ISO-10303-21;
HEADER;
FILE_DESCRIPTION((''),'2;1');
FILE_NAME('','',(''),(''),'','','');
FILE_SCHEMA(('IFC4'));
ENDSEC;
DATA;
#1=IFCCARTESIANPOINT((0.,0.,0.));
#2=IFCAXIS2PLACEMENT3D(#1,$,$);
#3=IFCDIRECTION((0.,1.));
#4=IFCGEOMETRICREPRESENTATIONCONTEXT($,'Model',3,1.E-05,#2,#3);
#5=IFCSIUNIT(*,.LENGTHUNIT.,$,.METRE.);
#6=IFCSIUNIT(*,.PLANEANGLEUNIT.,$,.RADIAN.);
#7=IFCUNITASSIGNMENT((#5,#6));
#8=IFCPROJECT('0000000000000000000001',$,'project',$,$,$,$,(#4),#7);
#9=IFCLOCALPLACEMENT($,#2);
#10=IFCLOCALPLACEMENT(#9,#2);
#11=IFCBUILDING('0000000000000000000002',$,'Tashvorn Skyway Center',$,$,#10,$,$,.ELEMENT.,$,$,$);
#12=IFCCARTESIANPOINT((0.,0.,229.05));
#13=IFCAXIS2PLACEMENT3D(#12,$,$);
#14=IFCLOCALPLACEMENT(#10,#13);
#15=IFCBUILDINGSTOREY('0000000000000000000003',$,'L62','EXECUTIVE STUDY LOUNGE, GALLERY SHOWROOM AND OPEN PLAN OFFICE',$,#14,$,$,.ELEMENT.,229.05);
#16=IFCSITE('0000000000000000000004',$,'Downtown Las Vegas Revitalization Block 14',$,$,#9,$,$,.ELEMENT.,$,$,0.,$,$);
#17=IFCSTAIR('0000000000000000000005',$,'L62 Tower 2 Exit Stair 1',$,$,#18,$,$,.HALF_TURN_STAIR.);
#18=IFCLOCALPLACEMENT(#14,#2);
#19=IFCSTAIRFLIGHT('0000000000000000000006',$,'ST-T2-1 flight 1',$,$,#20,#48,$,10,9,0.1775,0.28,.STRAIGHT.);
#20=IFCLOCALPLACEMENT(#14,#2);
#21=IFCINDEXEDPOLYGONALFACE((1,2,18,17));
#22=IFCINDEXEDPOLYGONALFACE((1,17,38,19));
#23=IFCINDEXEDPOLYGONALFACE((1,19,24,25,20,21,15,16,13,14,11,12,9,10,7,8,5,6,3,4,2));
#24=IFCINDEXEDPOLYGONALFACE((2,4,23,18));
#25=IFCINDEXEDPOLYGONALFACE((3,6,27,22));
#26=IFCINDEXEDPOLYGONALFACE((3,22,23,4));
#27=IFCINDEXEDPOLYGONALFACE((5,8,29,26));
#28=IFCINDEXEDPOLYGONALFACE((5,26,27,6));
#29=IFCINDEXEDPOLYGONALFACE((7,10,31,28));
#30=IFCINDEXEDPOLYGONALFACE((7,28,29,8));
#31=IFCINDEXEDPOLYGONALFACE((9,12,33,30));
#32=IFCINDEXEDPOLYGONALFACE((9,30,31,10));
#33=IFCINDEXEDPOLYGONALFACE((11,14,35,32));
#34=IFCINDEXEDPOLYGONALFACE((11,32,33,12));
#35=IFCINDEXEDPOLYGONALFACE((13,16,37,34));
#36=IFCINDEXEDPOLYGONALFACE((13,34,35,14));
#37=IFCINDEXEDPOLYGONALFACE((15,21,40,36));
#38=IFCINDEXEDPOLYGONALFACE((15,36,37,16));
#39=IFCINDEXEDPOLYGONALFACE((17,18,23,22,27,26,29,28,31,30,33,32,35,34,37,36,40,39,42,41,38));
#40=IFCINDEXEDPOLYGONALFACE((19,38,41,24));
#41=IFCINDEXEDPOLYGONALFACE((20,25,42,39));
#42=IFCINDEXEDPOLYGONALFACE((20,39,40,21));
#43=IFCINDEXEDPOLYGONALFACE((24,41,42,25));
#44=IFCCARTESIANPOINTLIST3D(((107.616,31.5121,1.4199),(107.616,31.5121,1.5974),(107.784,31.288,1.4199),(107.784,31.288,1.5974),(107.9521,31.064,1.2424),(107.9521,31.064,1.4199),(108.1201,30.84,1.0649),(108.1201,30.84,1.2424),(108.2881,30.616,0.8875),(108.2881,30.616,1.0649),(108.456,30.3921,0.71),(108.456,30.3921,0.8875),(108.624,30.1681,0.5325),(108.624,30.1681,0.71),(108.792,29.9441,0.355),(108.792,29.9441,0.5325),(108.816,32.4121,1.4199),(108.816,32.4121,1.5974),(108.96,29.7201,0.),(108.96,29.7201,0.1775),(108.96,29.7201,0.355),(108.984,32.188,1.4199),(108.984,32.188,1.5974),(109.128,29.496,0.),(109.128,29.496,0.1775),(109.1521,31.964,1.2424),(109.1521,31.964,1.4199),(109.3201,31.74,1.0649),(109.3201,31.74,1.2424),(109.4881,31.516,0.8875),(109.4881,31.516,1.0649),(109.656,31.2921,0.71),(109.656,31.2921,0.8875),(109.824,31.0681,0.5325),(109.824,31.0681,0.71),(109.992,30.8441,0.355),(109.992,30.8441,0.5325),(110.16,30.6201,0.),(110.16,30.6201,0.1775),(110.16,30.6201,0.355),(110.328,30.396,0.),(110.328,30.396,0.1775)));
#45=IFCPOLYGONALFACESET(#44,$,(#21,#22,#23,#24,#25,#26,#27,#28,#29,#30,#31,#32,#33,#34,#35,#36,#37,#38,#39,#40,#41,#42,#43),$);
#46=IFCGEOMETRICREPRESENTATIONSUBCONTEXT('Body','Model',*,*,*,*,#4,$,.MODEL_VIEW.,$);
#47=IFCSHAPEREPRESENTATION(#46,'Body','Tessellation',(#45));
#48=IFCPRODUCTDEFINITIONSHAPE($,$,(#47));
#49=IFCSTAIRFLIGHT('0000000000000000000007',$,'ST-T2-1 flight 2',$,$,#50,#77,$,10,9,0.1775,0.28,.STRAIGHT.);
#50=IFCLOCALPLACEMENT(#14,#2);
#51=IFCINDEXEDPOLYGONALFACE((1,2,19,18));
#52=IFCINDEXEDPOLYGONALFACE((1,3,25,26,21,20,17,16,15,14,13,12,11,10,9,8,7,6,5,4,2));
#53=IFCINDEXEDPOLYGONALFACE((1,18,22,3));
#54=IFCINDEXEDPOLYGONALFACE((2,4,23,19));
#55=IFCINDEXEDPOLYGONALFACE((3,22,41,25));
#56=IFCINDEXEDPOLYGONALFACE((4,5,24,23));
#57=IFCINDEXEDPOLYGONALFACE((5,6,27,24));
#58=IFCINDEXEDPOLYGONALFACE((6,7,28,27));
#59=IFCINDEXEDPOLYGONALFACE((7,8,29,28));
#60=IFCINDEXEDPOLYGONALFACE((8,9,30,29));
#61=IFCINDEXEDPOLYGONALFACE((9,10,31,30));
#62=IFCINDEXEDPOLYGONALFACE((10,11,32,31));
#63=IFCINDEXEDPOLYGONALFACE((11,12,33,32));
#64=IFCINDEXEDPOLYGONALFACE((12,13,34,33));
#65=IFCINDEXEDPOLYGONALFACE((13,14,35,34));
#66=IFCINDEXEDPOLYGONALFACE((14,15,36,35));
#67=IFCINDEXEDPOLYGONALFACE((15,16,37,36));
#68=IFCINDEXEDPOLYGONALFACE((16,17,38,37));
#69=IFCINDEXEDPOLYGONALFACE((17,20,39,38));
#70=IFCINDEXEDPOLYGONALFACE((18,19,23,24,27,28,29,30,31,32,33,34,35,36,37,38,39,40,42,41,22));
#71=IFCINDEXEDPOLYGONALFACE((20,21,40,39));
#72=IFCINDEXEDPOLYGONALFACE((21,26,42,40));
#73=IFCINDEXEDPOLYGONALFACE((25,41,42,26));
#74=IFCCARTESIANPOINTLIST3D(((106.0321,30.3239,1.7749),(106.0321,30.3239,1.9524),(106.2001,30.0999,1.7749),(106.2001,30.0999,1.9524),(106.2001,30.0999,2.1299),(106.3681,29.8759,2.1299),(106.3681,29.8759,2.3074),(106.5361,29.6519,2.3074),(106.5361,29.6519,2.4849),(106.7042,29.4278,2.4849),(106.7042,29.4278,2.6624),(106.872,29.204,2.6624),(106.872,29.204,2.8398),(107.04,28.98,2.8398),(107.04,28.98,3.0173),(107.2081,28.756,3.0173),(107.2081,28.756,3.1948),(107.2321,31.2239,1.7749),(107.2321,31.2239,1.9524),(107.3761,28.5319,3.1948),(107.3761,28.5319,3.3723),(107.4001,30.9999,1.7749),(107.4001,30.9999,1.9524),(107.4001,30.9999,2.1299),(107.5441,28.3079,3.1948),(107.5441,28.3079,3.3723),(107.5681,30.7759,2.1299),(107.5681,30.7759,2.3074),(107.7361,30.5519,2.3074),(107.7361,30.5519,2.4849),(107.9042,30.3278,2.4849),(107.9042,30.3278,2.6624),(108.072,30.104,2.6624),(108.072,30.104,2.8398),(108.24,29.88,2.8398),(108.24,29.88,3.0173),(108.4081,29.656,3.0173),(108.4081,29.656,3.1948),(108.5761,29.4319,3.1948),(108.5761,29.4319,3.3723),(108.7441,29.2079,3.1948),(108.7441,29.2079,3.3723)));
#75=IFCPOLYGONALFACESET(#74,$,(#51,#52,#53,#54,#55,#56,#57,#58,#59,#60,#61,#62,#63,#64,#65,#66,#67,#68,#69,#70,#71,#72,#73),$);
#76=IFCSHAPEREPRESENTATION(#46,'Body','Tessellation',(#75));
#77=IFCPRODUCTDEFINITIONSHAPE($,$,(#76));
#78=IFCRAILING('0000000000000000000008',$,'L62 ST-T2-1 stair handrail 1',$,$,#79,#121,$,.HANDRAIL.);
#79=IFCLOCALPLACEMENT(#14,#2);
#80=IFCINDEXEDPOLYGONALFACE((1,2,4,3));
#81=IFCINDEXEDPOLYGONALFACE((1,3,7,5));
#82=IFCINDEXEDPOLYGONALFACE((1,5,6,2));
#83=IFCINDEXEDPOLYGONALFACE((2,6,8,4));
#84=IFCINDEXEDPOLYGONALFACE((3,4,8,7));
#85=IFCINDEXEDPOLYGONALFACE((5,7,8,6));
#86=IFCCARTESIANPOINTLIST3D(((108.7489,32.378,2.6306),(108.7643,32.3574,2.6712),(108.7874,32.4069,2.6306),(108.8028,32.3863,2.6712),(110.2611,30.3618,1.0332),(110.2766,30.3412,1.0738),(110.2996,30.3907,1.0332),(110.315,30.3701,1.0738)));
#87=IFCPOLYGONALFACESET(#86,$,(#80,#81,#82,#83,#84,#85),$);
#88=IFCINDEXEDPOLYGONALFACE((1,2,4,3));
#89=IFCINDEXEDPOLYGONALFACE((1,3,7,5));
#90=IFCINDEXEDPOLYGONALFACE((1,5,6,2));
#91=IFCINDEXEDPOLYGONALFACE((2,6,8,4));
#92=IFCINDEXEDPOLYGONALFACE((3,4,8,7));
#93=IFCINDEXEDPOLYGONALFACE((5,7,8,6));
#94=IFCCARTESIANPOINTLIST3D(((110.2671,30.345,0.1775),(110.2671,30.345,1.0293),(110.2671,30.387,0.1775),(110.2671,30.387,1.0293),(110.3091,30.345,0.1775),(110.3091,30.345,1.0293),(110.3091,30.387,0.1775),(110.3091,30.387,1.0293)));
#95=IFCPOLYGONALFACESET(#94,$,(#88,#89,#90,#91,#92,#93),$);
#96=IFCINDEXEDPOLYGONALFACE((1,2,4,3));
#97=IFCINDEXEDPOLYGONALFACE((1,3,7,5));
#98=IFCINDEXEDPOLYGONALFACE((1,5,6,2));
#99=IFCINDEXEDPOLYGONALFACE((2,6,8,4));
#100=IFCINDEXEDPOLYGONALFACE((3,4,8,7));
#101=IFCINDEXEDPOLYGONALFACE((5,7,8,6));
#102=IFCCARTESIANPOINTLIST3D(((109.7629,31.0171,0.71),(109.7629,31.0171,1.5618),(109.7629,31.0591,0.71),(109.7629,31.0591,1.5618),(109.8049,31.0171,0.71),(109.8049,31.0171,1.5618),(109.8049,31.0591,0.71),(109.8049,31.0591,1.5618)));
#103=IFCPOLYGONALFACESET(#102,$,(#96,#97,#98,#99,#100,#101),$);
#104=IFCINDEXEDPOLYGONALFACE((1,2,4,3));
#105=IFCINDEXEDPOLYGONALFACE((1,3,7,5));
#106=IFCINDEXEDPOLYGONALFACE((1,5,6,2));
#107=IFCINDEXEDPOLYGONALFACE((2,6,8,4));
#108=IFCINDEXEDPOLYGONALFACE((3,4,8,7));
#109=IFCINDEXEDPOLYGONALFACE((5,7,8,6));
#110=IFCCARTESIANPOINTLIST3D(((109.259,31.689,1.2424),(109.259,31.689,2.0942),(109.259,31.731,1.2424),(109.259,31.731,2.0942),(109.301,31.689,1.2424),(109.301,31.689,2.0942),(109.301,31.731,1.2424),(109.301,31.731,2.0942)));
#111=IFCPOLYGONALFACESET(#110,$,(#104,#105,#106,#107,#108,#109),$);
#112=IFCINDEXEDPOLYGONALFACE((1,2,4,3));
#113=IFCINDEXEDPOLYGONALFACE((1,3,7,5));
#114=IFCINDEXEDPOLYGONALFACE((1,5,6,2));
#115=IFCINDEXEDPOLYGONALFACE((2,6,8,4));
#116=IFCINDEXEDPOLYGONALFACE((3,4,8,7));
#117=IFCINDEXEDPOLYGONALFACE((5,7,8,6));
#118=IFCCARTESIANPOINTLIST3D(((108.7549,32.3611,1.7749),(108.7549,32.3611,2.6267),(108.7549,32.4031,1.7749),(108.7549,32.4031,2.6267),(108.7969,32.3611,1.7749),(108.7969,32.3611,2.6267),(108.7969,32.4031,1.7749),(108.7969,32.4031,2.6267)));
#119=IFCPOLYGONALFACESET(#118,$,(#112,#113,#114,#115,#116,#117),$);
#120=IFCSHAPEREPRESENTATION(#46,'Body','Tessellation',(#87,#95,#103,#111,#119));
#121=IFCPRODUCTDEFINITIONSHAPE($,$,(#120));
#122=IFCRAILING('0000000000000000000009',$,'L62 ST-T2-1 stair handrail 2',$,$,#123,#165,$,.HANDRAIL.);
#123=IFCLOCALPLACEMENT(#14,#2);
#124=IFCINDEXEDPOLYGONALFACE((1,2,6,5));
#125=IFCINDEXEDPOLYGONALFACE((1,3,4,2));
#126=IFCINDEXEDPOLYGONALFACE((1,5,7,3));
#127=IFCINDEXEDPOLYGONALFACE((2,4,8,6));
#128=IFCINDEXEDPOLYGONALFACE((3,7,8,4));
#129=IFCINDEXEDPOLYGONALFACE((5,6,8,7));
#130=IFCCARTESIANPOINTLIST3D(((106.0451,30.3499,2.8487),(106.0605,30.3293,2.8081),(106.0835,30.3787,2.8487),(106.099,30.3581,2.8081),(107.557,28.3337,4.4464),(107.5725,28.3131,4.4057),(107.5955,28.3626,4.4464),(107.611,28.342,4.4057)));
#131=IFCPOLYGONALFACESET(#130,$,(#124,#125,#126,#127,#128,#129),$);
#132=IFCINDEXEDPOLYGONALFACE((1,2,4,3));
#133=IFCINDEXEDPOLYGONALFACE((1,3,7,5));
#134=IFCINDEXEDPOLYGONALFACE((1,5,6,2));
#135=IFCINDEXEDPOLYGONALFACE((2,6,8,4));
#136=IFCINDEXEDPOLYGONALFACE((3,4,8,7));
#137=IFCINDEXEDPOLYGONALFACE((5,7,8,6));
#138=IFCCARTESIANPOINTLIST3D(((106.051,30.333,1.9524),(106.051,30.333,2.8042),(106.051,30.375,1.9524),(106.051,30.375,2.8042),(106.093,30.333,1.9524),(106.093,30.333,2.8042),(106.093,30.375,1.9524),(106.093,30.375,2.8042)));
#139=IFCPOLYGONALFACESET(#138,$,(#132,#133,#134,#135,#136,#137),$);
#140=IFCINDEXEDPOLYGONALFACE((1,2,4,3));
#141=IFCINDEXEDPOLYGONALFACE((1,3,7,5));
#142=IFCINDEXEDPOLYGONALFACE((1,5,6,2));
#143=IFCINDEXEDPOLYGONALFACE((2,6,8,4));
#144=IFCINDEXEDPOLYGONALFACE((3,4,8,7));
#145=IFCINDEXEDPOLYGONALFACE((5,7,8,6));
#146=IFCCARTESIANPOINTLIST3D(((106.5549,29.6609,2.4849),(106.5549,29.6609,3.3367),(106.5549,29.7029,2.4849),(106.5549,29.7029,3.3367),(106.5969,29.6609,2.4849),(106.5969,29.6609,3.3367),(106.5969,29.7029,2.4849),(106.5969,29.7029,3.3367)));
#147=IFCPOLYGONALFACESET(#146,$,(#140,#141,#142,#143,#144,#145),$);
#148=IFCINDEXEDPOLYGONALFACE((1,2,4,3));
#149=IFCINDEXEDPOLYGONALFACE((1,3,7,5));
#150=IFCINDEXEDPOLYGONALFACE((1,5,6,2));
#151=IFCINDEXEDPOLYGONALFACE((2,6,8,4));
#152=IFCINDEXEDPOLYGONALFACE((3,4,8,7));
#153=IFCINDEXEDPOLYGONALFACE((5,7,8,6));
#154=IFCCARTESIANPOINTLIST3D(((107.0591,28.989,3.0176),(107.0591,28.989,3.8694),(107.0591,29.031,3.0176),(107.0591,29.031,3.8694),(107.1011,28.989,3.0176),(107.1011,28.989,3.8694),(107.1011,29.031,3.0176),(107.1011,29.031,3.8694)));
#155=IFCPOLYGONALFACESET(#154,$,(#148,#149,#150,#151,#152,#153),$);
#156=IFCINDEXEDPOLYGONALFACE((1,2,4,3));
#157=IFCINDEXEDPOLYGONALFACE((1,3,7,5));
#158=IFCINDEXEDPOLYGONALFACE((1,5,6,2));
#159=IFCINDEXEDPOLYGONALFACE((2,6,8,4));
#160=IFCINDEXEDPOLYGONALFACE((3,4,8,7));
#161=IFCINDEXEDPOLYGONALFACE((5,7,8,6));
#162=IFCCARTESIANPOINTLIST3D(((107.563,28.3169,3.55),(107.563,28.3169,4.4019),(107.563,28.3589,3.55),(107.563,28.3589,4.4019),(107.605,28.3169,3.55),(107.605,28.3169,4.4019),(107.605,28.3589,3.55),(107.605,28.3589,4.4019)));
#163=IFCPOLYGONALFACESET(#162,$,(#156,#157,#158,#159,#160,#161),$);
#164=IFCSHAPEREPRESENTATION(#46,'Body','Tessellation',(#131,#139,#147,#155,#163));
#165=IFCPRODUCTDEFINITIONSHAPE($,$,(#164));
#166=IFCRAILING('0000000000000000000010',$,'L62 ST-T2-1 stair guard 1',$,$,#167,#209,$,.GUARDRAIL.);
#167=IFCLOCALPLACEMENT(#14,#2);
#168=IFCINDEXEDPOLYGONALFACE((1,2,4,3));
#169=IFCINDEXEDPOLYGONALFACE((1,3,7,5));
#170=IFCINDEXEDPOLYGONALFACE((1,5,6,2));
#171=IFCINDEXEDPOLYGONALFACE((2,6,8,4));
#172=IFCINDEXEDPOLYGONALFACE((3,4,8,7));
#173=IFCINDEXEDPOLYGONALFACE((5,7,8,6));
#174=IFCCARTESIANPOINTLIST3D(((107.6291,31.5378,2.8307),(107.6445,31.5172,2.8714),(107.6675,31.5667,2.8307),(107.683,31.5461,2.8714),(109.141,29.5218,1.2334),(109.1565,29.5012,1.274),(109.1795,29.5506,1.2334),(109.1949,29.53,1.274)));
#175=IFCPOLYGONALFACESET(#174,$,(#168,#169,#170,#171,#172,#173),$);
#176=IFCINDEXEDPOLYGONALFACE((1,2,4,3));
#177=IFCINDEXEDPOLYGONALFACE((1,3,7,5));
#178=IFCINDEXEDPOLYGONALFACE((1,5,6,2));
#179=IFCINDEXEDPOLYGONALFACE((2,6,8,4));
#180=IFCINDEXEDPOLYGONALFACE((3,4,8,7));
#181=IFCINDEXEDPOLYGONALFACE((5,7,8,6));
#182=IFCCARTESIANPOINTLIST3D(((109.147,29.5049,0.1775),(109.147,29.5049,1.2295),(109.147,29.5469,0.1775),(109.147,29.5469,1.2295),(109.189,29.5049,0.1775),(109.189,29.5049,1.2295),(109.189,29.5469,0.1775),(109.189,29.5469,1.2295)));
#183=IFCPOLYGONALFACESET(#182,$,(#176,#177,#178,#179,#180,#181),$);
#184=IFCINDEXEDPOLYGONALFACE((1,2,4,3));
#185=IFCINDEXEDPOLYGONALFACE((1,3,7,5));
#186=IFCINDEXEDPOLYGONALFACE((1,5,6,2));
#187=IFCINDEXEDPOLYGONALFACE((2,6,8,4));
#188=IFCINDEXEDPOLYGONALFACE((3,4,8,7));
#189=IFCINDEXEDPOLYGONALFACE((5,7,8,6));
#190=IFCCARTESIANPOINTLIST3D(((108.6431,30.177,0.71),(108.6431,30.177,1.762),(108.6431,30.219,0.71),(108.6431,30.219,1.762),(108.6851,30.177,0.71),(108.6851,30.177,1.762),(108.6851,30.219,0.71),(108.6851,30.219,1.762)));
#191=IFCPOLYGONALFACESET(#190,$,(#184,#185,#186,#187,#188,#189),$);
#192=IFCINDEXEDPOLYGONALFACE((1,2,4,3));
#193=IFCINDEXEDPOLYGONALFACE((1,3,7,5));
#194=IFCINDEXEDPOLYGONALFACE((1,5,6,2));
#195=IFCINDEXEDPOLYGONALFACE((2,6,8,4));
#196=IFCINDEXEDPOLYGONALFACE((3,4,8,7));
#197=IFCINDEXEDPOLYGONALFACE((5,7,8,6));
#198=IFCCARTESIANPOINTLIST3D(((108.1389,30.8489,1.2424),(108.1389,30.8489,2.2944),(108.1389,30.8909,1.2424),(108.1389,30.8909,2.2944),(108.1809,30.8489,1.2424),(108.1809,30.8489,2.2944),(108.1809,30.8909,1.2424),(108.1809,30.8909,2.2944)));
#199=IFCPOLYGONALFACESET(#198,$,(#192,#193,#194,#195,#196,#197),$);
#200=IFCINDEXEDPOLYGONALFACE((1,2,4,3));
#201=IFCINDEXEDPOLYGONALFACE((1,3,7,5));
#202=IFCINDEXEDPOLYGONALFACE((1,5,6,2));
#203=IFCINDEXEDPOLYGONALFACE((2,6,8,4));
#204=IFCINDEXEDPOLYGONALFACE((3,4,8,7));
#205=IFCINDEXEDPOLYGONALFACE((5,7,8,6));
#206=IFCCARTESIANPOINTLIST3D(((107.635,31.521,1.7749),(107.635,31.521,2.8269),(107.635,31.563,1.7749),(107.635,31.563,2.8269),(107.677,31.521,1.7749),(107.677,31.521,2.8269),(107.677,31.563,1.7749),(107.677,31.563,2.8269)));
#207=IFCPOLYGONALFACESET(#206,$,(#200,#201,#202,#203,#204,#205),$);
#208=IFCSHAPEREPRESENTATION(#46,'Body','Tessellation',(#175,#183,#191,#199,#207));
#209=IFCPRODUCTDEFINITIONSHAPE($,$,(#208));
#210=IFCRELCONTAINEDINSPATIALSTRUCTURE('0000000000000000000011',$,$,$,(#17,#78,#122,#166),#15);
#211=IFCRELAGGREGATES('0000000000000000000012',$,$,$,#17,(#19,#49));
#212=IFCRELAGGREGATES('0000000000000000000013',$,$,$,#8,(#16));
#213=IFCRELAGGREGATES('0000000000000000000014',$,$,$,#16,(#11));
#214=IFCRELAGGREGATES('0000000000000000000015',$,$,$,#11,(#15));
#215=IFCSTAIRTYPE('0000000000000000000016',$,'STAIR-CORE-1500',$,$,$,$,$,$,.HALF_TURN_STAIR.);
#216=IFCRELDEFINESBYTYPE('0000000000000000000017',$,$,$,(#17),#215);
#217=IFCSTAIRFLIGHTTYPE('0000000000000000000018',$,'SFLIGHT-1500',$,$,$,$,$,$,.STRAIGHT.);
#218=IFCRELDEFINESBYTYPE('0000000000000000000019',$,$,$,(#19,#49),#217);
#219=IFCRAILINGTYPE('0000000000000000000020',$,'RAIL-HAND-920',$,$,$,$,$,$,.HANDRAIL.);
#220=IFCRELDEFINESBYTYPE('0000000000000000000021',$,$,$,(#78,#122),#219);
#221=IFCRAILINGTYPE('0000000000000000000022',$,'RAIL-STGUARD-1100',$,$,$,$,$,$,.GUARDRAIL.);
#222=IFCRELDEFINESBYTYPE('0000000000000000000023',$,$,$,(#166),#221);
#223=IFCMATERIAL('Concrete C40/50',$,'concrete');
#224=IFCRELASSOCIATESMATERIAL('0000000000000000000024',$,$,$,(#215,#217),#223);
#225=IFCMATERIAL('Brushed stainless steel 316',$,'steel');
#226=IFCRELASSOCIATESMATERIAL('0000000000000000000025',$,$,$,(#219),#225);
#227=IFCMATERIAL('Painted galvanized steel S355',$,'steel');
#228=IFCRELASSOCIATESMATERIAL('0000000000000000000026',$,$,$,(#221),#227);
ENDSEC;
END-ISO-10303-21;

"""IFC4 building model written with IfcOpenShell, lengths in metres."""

from ifc_helpers import new_model, si_unit, direction, frame, origin, origin_2d, place, context, subcontext, project, spatial, polyline, rectangle, outline, extrude, material, type_object, element, aggregate, save


model = new_model("IFC4")

# Units and contexts
model_context = context("Model", 3, precision=1e-05, world=origin(), true_north=direction((0.0, 1.0)))
body_context = subcontext(model_context, "Body", "Model", "MODEL_VIEW")
ifc_project = project(units=[si_unit("LENGTHUNIT", "METRE"), si_unit("PLANEANGLEUNIT", "RADIAN")], contexts=[model_context])

# Site, building, storey
site_placement = place(None, origin())
site = spatial("IfcSite", under=ifc_project, at=site_placement, Name="Downtown Las Vegas Revitalization Block 14", CompositionType="ELEMENT", RefElevation=0.0)
building_placement = place(site_placement, origin())
building = spatial("IfcBuilding", under=site, at=building_placement, Name="Tashvorn Skyway Center", CompositionType="ELEMENT")
storey_placement = place(building_placement, frame((0.0, 0.0, 229.05)))
storey = spatial("IfcBuildingStorey", under=building, at=storey_placement, Name="L62", Description="EXECUTIVE STUDY LOUNGE, GALLERY SHOWROOM AND OPEN PLAN OFFICE", CompositionType="ELEMENT", Elevation=229.05)

# Shared definitions
ifc_material_1 = material(Name="Concrete C40/50", Category="concrete")

# Stair, stair flights
stair_type = type_object("IfcStairType", Name="STAIR-CORE-1500", PredefinedType="HALF_TURN_STAIR", material=ifc_material_1)
stair_placement = place(storey_placement, origin())
stair = element("IfcStair", 1, at=stair_placement, inside=storey, type_object=stair_type, Name="L62 Tower 2 Exit Stair 1", PredefinedType="HALF_TURN_STAIR")
stair_flight_type = type_object("IfcStairFlightType", Name="SFLIGHT-1500", PredefinedType="STRAIGHT", material=ifc_material_1)
stair_flight_1_placement = place(storey_placement, frame((109.728, 29.946, 0.0), z_axis=(0.0, 0.0, 1.0), x_axis=(-0.6, 0.8, 0.0)))
stair_flight_1 = element("IfcStairFlight", 2, at=stair_flight_1_placement, type_object=stair_flight_type, Name="ST-T2-1 flight 1", NumberOfRisers=10, NumberOfTreads=9, PredefinedType="STRAIGHT", RiserHeight=0.1775, TreadLength=0.28, context=body_context, shape_type="SweptSolid", body=[
    extrude(outline(polyline([(0.0, 0.0), (0.0, 0.1775), (0.28, 0.1775), (0.28, 0.355), (0.5601, 0.355), (0.5601, 0.5325), (0.8401, 0.5325), (0.8401, 0.71), (1.1201, 0.71), (1.1201, 0.8875), (1.3999, 0.8875), (1.3999, 1.0649), (1.6799, 1.0649), (1.6799, 1.2424), (1.96, 1.2424), (1.96, 1.4199), (2.24, 1.4199), (2.24, 1.5974), (2.52, 1.5974), (2.52, 1.7749), (2.52, 1.4199), (0.28, 0.0), (0.0, 0.0)])), frame((0.0, 0.75, 0.0), z_axis=(0.0, -1.0, 0.0), x_axis=(1.0, 0.0, 0.0)), (0.0, 0.0, 1.0), 1.5),
])
stair_flight_2_placement = place(storey_placement, frame((106.6321, 30.7739, 1.7749), z_axis=(0.0, 0.0, 1.0), x_axis=(0.6, -0.8, 0.0)))
stair_flight_2 = element("IfcStairFlight", 3, at=stair_flight_2_placement, type_object=stair_flight_type, Name="ST-T2-1 flight 2", NumberOfRisers=10, NumberOfTreads=9, PredefinedType="STRAIGHT", RiserHeight=0.1775, TreadLength=0.28, context=body_context, shape_type="SweptSolid", body=[
    extrude(outline(polyline([(0.0, 0.0), (0.0, 0.1775), (0.28, 0.1775), (0.28, 0.355), (0.5601, 0.355), (0.5601, 0.5325), (0.8401, 0.5325), (0.8401, 0.71), (1.1201, 0.71), (1.1201, 0.8875), (1.3999, 0.8875), (1.3999, 1.0649), (1.6799, 1.0649), (1.6799, 1.2424), (1.96, 1.2424), (1.96, 1.4199), (2.24, 1.4199), (2.24, 1.5974), (2.52, 1.5974), (2.52, 1.7749), (2.52, 1.4199), (0.28, 0.0), (0.0, 0.0)])), frame((0.0, 0.75, 0.0), z_axis=(0.0, -1.0, 0.0), x_axis=(1.0, 0.0, 0.0)), (0.0, 0.0, 1.0), 1.5),
])
aggregate(stair, [stair_flight_1, stair_flight_2])

# Railings
ifc_material_2 = material(Name="Brushed stainless steel 316", Category="steel")
railing_type_1 = type_object("IfcRailingType", Name="RAIL-HAND-920", PredefinedType="HANDRAIL", material=ifc_material_2)
railing_1_placement = place(storey_placement, frame((110.2881, 30.366, 0.1775)))
element("IfcRailing", 4, at=railing_1_placement, inside=storey, type_object=railing_type_1, Name="L62 ST-T2-1 stair handrail 1", PredefinedType="HANDRAIL", context=body_context, shape_type="SweptSolid", body=[
    extrude(rectangle(XDim=0.0481, YDim=0.0481, at=origin_2d()), frame((0.0, 0.0, 0.876), z_axis=(-0.506802, 0.675681, 0.535357), x_axis=(-0.799977, -0.600031, 0.0)), (0.0, 0.0, 1.0), 2.9839),
    extrude(rectangle(XDim=0.042, YDim=0.042, at=origin_2d()), origin(), (0.0, 0.0, 1.0), 0.8518),
    extrude(rectangle(XDim=0.042, YDim=0.042, at=origin_2d()), frame((-0.5042, 0.6721, 0.5325)), (0.0, 0.0, 1.0), 0.8518),
    extrude(rectangle(XDim=0.042, YDim=0.042, at=origin_2d()), frame((-1.0081, 1.344, 1.0649)), (0.0, 0.0, 1.0), 0.8518),
    extrude(rectangle(XDim=0.042, YDim=0.042, at=origin_2d()), frame((-1.5122, 2.0161, 1.5974)), (0.0, 0.0, 1.0), 0.8518),
])
railing_2_placement = place(storey_placement, frame((106.072, 30.354, 1.9524)))
element("IfcRailing", 5, at=railing_2_placement, inside=storey, type_object=railing_type_1, Name="L62 ST-T2-1 stair handrail 2", PredefinedType="HANDRAIL", context=body_context, shape_type="SweptSolid", body=[
    extrude(rectangle(XDim=0.0481, YDim=0.0481, at=origin_2d()), frame((0.0, 0.0, 0.876), z_axis=(0.506719, -0.675679, 0.535438), x_axis=(0.800023, 0.599969, 0.0)), (0.0, 0.0, 1.0), 2.9839),
    extrude(rectangle(XDim=0.042, YDim=0.042, at=origin_2d()), origin(), (0.0, 0.0, 1.0), 0.8518),
    extrude(rectangle(XDim=0.042, YDim=0.042, at=origin_2d()), frame((0.5039, -0.6721, 0.5325)), (0.0, 0.0, 1.0), 0.8518),
    extrude(rectangle(XDim=0.042, YDim=0.042, at=origin_2d()), frame((1.0081, -1.344, 1.0652)), (0.0, 0.0, 1.0), 0.8518),
    extrude(rectangle(XDim=0.042, YDim=0.042, at=origin_2d()), frame((1.512, -2.0161, 1.5977)), (0.0, 0.0, 1.0), 0.8518),
])
ifc_material_3 = material(Name="Painted galvanized steel S355", Category="steel")
railing_type_2 = type_object("IfcRailingType", Name="RAIL-STGUARD-1100", PredefinedType="GUARDRAIL", material=ifc_material_3)
railing_3_placement = place(storey_placement, frame((109.168, 29.5259, 0.1775)))
element("IfcRailing", 6, at=railing_3_placement, inside=storey, type_object=railing_type_2, Name="L62 ST-T2-1 stair guard 1", PredefinedType="GUARDRAIL", context=body_context, shape_type="SweptSolid", body=[
    extrude(rectangle(XDim=0.0481, YDim=0.0481, at=origin_2d()), frame((0.0, 0.0, 1.0762), z_axis=(-0.506741, 0.675709, 0.535379), x_axis=(-0.800023, -0.599969, 0.0)), (0.0, 0.0, 1.0), 2.9836),
    extrude(rectangle(XDim=0.042, YDim=0.042, at=origin_2d()), origin(), (0.0, 0.0, 1.0), 1.052),
    extrude(rectangle(XDim=0.042, YDim=0.042, at=origin_2d()), frame((-0.5039, 0.6721, 0.5325)), (0.0, 0.0, 1.0), 1.052),
    extrude(rectangle(XDim=0.042, YDim=0.042, at=origin_2d()), frame((-1.0081, 1.344, 1.0649)), (0.0, 0.0, 1.0), 1.052),
    extrude(rectangle(XDim=0.042, YDim=0.042, at=origin_2d()), frame((-1.512, 2.0161, 1.5974)), (0.0, 0.0, 1.0), 1.052),
])

save(model, "model.ifc")
